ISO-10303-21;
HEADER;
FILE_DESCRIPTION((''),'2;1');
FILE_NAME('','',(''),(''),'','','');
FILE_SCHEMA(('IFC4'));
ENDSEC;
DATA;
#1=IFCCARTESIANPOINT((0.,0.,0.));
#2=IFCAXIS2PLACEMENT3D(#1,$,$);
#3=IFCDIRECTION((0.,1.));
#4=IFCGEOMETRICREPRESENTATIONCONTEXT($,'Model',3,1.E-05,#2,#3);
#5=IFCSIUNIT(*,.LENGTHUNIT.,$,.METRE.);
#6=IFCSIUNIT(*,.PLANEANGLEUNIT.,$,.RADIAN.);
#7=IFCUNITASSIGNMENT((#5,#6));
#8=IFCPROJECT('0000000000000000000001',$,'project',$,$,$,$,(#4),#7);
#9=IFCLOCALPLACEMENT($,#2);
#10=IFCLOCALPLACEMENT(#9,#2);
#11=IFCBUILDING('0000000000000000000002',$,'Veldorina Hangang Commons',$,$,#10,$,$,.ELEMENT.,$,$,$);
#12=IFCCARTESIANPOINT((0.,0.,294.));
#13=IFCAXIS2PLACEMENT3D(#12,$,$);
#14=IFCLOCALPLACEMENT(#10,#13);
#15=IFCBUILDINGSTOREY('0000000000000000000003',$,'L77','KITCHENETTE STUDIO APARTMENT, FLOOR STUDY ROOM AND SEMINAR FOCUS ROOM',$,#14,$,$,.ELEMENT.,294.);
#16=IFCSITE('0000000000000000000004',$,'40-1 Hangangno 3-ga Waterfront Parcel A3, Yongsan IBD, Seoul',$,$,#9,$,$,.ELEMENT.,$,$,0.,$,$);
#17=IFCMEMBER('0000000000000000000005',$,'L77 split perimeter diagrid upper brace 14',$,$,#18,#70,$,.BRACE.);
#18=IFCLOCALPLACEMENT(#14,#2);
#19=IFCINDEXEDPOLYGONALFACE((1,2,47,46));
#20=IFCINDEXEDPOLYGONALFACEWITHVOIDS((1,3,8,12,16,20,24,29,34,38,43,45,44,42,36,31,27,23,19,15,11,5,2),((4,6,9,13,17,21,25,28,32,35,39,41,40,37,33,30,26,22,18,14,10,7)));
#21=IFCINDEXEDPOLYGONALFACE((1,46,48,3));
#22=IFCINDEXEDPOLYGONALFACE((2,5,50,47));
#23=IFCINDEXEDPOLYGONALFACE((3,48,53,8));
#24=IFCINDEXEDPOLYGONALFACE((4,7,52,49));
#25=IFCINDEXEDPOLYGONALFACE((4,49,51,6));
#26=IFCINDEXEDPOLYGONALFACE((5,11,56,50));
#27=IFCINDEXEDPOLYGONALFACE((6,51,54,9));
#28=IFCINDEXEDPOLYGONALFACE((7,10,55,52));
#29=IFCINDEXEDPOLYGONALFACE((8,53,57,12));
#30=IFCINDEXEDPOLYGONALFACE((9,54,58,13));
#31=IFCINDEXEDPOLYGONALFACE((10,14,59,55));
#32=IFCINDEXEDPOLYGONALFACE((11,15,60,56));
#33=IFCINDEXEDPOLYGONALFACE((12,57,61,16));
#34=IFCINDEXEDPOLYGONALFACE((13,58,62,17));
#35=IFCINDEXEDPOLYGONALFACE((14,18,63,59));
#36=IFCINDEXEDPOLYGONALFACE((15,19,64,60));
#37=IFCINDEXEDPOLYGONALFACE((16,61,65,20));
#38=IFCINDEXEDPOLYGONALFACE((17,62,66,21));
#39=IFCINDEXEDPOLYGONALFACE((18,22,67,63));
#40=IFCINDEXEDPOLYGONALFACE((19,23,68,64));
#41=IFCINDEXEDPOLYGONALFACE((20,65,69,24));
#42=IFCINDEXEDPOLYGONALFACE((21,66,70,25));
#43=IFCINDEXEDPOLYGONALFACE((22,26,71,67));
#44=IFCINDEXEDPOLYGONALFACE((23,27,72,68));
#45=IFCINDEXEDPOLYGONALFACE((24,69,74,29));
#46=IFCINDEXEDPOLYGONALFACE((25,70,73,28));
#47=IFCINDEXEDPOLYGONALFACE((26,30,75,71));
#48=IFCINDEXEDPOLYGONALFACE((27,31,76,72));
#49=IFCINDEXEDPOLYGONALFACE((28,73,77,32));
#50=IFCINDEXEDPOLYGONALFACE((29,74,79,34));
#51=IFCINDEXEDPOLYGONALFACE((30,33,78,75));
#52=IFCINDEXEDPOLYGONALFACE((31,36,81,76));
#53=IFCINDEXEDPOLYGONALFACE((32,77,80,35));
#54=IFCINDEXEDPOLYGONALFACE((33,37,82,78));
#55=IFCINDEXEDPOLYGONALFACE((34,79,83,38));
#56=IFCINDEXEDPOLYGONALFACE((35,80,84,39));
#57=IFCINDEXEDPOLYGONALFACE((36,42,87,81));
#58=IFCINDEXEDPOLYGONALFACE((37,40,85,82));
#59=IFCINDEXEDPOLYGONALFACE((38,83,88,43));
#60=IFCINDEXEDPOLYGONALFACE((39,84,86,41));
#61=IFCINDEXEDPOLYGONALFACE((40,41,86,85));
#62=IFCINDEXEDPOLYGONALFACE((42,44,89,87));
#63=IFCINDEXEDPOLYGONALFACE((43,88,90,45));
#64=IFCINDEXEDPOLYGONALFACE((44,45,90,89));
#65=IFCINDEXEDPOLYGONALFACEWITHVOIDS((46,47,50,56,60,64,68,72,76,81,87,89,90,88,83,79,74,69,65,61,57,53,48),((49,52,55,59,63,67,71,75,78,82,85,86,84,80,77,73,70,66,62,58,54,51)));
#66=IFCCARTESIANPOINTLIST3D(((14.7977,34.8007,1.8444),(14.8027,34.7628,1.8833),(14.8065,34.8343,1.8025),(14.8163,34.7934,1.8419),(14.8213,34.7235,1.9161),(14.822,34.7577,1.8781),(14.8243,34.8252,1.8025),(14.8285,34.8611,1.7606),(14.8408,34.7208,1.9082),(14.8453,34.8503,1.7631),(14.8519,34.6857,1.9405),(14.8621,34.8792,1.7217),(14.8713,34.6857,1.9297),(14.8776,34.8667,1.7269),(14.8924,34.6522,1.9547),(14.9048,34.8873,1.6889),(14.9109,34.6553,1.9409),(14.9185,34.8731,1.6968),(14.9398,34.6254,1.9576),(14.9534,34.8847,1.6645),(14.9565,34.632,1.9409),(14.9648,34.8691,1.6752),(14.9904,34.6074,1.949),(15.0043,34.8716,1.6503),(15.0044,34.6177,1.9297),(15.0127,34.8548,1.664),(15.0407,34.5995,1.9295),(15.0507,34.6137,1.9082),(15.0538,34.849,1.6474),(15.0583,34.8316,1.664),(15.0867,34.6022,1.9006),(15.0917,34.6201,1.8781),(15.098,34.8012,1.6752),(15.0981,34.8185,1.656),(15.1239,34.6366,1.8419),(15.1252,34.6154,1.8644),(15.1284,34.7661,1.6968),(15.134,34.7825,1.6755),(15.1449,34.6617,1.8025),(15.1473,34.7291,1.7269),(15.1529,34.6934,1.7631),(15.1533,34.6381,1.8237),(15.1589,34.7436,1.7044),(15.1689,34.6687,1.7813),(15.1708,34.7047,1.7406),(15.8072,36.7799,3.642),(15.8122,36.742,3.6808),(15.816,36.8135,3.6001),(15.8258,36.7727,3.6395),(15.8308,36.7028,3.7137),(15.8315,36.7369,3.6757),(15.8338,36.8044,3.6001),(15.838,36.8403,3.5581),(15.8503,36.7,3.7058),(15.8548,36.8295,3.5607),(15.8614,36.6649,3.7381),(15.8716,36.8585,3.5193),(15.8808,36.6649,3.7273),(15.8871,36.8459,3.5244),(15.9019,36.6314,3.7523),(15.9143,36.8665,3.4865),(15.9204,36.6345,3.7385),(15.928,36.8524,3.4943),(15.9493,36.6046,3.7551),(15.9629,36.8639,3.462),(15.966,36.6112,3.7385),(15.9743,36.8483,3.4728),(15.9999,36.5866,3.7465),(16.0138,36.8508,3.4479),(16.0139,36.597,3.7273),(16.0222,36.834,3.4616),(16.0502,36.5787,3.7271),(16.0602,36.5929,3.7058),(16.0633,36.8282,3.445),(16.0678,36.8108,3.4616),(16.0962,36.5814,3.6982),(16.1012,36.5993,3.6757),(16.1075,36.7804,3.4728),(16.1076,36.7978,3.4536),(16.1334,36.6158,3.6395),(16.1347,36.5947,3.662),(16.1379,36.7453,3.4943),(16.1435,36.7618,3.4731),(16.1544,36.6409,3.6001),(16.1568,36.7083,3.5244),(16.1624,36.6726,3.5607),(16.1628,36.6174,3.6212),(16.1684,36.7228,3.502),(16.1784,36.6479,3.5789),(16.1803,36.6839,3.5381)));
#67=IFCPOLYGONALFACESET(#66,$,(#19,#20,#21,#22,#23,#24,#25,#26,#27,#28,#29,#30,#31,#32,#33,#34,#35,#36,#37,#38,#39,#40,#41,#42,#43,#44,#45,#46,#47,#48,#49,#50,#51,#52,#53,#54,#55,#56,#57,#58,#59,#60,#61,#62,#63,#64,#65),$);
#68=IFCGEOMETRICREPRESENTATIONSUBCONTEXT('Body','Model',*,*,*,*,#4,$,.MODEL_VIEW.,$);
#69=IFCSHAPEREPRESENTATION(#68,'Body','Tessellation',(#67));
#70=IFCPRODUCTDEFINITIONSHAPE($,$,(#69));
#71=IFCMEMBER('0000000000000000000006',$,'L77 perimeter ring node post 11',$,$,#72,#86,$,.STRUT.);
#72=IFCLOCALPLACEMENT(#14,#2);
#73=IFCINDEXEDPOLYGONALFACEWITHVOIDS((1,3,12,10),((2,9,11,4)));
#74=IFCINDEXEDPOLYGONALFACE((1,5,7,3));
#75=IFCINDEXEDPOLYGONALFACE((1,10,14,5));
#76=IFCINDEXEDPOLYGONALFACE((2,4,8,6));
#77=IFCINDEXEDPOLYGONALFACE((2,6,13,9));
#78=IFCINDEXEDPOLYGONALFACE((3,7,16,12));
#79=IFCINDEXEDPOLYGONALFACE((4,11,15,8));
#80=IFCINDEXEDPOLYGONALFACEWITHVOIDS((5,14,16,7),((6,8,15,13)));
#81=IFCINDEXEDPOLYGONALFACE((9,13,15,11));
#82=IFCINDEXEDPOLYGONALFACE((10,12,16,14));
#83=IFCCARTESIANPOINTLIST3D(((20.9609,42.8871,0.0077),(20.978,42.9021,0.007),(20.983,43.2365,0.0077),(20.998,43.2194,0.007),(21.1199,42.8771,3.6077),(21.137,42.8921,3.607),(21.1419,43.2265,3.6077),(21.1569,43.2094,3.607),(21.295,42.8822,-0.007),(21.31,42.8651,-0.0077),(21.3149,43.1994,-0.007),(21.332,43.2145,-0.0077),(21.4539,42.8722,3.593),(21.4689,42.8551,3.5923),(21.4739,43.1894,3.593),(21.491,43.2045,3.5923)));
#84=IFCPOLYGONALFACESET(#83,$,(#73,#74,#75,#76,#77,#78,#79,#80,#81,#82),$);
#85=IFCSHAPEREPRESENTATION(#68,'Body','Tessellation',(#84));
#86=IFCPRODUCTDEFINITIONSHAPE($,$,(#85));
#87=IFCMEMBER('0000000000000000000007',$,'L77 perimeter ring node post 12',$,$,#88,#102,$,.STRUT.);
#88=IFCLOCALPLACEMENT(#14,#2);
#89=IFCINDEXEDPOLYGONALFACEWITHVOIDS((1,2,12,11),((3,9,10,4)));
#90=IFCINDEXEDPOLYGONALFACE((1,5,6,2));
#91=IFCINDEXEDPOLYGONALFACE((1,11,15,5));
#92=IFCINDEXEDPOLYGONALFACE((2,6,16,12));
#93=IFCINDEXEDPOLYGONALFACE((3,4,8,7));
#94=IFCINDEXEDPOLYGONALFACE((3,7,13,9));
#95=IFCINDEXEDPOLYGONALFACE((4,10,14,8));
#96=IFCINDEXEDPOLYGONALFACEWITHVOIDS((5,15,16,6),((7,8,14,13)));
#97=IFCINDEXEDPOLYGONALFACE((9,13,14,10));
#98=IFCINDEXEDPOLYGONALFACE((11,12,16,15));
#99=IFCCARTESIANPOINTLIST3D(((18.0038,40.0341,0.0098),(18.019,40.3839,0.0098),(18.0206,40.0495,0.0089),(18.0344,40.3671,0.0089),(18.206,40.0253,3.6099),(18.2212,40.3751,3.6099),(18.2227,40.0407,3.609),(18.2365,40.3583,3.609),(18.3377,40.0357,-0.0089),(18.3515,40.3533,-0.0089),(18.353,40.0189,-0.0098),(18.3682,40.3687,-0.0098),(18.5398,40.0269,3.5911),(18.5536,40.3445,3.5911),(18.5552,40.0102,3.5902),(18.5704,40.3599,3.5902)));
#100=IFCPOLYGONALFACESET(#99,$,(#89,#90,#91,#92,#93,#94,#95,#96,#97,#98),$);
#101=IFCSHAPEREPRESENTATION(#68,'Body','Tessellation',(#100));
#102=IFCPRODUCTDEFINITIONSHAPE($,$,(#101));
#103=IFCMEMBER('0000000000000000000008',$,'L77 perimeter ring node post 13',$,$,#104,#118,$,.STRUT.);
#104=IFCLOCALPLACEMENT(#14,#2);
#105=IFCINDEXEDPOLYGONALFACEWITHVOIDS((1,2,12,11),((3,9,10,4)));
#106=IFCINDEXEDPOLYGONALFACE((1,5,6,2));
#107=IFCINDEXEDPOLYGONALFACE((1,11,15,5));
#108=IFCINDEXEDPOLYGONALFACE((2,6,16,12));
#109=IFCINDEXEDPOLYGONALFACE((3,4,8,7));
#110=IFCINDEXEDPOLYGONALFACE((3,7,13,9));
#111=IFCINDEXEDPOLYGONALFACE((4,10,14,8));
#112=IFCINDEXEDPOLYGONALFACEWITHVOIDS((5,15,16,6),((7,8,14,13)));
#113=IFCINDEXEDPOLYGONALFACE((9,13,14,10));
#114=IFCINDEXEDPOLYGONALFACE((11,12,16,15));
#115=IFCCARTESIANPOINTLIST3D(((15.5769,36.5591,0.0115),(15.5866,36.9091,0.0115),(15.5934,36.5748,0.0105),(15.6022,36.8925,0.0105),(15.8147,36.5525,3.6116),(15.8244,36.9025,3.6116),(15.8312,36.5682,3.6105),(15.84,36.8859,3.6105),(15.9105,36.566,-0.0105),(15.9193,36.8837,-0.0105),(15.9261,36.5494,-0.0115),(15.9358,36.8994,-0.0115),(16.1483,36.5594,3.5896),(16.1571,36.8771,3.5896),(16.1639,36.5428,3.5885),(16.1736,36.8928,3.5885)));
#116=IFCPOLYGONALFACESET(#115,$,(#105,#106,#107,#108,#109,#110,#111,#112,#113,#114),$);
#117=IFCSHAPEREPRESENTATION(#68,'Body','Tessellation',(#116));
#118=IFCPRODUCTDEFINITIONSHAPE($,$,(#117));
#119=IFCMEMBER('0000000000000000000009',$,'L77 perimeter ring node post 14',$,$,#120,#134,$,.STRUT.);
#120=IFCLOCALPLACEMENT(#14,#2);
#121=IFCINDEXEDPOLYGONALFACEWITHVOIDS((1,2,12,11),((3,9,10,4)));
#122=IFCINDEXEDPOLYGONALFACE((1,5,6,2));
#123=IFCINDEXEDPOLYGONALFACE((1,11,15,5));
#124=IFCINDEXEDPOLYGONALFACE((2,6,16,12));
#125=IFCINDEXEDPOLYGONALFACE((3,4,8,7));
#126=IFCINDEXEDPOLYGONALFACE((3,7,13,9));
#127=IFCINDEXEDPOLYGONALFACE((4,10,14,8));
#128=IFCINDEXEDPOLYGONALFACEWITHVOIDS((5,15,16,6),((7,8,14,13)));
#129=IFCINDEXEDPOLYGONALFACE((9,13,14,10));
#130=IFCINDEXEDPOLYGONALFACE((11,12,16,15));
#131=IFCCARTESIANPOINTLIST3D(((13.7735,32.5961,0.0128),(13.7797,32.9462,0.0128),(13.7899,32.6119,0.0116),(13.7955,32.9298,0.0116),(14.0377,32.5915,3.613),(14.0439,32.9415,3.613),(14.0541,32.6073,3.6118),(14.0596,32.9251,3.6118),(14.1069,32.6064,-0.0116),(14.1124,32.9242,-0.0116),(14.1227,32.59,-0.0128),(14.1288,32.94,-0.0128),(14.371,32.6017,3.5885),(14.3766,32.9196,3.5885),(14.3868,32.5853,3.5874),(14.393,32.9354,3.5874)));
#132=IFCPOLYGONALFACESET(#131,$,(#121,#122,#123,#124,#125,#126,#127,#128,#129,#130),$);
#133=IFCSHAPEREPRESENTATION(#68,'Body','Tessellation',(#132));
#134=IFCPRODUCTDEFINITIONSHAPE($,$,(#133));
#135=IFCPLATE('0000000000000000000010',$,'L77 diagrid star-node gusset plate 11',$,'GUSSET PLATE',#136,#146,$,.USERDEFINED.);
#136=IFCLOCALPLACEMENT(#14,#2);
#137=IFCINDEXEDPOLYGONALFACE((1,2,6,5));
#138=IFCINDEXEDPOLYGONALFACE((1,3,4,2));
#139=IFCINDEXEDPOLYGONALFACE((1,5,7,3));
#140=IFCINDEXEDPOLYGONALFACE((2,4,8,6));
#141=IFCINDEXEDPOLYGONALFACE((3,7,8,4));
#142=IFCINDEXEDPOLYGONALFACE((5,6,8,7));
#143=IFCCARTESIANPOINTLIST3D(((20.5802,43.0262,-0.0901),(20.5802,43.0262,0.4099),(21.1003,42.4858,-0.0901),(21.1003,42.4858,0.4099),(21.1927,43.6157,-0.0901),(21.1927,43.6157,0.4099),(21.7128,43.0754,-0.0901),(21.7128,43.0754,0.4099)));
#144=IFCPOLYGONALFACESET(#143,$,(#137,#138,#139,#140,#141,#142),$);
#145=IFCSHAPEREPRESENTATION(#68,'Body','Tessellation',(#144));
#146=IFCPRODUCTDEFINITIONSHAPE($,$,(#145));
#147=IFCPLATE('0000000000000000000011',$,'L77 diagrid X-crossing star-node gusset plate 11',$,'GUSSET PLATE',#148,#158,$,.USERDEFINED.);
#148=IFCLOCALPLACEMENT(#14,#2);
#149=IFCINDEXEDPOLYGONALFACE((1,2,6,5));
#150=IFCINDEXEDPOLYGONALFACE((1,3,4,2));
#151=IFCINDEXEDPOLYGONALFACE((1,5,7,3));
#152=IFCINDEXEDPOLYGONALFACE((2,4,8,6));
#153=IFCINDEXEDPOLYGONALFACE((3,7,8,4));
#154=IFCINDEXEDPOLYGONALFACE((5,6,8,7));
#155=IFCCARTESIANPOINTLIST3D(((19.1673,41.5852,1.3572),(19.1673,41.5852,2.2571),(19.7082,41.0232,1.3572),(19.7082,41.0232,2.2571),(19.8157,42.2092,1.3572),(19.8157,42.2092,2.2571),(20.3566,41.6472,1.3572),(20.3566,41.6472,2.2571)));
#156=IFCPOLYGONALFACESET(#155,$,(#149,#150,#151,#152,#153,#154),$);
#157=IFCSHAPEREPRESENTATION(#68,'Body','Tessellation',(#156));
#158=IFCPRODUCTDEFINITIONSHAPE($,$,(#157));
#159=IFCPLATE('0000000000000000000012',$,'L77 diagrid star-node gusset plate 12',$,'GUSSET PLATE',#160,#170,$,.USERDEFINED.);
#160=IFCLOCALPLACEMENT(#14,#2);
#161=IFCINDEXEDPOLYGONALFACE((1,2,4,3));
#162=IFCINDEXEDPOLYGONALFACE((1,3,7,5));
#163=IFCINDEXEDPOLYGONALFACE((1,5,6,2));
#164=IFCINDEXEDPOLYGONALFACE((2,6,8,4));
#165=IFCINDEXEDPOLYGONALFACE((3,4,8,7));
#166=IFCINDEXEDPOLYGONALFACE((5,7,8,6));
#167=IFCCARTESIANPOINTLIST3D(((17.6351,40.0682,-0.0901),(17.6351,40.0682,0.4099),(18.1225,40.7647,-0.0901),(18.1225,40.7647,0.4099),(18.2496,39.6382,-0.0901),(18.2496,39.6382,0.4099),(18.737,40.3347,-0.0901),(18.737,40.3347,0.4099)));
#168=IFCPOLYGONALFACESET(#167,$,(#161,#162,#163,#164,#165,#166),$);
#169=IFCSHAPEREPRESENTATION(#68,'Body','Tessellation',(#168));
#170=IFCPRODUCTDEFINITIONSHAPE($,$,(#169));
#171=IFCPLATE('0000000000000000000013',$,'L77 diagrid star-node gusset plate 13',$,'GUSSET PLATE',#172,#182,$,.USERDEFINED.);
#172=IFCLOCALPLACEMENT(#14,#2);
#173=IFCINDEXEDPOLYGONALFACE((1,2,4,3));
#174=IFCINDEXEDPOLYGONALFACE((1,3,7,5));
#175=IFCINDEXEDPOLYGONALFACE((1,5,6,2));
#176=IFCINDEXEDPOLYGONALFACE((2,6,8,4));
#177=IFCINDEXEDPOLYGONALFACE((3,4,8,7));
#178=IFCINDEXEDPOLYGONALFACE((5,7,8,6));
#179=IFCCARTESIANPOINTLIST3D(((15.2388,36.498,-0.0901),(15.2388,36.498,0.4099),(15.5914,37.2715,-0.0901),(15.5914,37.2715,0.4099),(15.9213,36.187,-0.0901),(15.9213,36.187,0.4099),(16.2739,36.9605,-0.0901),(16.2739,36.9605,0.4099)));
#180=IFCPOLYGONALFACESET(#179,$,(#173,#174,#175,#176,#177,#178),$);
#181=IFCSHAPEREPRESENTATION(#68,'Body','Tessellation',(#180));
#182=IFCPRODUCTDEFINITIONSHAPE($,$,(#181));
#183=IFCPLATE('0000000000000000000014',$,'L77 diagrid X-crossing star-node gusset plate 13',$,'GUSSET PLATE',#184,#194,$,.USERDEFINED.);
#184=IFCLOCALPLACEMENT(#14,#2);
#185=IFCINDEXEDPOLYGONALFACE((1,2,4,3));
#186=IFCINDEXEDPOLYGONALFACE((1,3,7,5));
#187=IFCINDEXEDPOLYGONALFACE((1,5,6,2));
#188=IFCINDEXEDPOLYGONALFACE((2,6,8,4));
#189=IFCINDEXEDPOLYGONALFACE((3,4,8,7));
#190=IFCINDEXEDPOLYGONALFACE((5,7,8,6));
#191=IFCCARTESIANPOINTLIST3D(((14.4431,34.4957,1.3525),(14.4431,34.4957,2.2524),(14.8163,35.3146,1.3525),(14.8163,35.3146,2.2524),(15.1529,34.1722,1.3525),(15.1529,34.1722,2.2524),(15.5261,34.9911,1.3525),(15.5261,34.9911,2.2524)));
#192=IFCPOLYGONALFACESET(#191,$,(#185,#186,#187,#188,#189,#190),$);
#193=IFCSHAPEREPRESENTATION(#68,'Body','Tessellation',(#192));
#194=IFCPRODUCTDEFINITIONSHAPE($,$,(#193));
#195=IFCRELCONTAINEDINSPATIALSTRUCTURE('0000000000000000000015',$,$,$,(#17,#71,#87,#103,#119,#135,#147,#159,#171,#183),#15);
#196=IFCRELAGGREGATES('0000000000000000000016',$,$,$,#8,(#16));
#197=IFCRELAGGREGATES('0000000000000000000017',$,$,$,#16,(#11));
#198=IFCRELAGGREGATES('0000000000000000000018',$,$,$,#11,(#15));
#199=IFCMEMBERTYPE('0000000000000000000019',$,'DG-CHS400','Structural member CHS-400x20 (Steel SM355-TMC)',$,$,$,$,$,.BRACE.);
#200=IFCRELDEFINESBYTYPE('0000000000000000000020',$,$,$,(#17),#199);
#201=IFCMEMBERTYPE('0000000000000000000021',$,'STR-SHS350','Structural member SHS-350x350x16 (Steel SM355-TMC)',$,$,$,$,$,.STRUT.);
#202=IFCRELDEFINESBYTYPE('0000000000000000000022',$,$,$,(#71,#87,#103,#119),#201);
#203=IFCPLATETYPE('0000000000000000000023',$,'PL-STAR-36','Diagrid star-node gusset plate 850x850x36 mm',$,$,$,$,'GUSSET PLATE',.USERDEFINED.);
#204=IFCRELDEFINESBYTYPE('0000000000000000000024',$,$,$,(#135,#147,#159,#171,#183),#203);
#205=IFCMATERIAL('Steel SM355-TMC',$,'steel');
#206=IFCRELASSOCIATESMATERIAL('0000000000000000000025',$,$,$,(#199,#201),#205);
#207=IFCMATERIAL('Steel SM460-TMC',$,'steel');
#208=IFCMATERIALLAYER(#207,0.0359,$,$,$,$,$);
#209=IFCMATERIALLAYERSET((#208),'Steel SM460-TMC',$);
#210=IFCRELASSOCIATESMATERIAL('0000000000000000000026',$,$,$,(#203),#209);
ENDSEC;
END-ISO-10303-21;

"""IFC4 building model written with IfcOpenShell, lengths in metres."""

from ifc_helpers import new_model, si_unit, direction, frame, origin, origin_2d, place, context, subcontext, project, spatial, rectangle, hollow_rectangle, hollow_circle, extrude, material, layer, layer_set, material_profile, profile_set, type_object, element, save


model = new_model("IFC4")

# Units and contexts
model_context = context("Model", 3, precision=1e-05, world=origin(), true_north=direction((0.0, 1.0)))
body_context = subcontext(model_context, "Body", "Model", "MODEL_VIEW")
ifc_project = project(units=[si_unit("LENGTHUNIT", "METRE"), si_unit("PLANEANGLEUNIT", "RADIAN")], contexts=[model_context])

# Site, building, storey
site_placement = place(None, origin())
site = spatial("IfcSite", under=ifc_project, at=site_placement, Name="40-1 Hangangno 3-ga Waterfront Parcel A3, Yongsan IBD, Seoul", CompositionType="ELEMENT", RefElevation=0.0)
building_placement = place(site_placement, origin())
building = spatial("IfcBuilding", under=site, at=building_placement, Name="Veldorina Hangang Commons", CompositionType="ELEMENT")
storey_placement = place(building_placement, frame((0.0, 0.0, 294.0)))
storey = spatial("IfcBuildingStorey", under=building, at=storey_placement, Name="L77", Description="KITCHENETTE STUDIO APARTMENT, FLOOR STUDY ROOM AND SEMINAR FOCUS ROOM", CompositionType="ELEMENT", Elevation=294.0)

# Shared definitions
ifc_material_1 = material(Name="Steel SM460-TMC", Category="steel")
ifc_material_2 = material(Name="Steel SM355-TMC", Category="steel")

# Members
ifc_material_profile_1 = material_profile(ifc_material_2, hollow_circle(Radius=0.2, WallThickness=0.02, at=origin_2d()), Name="CHS-400x20")
ifc_profile_set_1 = profile_set([ifc_material_profile_1], Name="Steel SM355-TMC")
member_type_1 = type_object("IfcMemberType", Name="DG-CHS400", Description="Structural member CHS-400x20 (Steel SM355-TMC)", PredefinedType="BRACE", material=ifc_profile_set_1)
member_1_placement = place(storey_placement, frame((14.9846, 34.7434, 1.8025), z_axis=(0.353231, 0.692538, 0.628982), x_axis=(-0.890816, 0.454364, 0.0)))
element("IfcMember", 1, at=member_1_placement, inside=storey, type_object=member_type_1, Name="L77 split perimeter diagrid upper brace 14", PredefinedType="BRACE", context=body_context, shape_type="SweptSolid", body=[
    extrude(hollow_circle(Radius=0.2, WallThickness=0.02, at=origin_2d()), origin(), (0.0, 0.0, 1.0), 2.8579),
])
ifc_material_profile_2 = material_profile(ifc_material_2, hollow_rectangle(XDim=0.3501, YDim=0.3501, WallThickness=0.0161, at=origin_2d()), Name="SHS-350x350x16")
ifc_profile_set_2 = profile_set([ifc_material_profile_2], Name="Steel SM355-TMC")
member_type_2 = type_object("IfcMemberType", Name="STR-SHS350", Description="Structural member SHS-350x350x16 (Steel SM355-TMC)", PredefinedType="STRUT", material=ifc_profile_set_2)
member_2_placement = place(storey_placement, frame((21.1465, 43.0508, 0.0), z_axis=(0.044104, -0.002778, 0.999023), x_axis=(0.062855, 0.998023, 0.0)))
element("IfcMember", 2, at=member_2_placement, inside=storey, type_object=member_type_2, Name="L77 perimeter ring node post 11", PredefinedType="STRUT", context=body_context, shape_type="SweptSolid", body=[
    extrude(hollow_rectangle(XDim=0.3501, YDim=0.3501, WallThickness=0.0161, at=origin_2d()), origin(), (0.0, 0.0, 1.0), 3.6035),
])
member_3_placement = place(storey_placement, frame((18.186, 40.2014, 0.0), z_axis=(0.056062, -0.002437, 0.998424), x_axis=(0.043437, 0.999056, 0.0)))
element("IfcMember", 3, at=member_3_placement, inside=storey, type_object=member_type_2, Name="L77 perimeter ring node post 12", PredefinedType="STRUT", context=body_context, shape_type="SweptSolid", body=[
    extrude(hollow_rectangle(XDim=0.3501, YDim=0.3501, WallThickness=0.0161, at=origin_2d()), origin(), (0.0, 0.0, 1.0), 3.6057),
])
member_4_placement = place(storey_placement, frame((15.7563, 36.7292, 0.0), z_axis=(0.065908, -0.001827, 0.997824), x_axis=(0.02771, 0.999616, 0.0)))
element("IfcMember", 4, at=member_4_placement, inside=storey, type_object=member_type_2, Name="L77 perimeter ring node post 13", PredefinedType="STRUT", context=body_context, shape_type="SweptSolid", body=[
    extrude(hollow_rectangle(XDim=0.3501, YDim=0.3501, WallThickness=0.0161, at=origin_2d()), origin(), (0.0, 0.0, 1.0), 3.6079),
])
member_5_placement = place(storey_placement, frame((13.9512, 32.7681, 0.0), z_axis=(0.073179, -0.001285, 0.997318), x_axis=(0.017557, 0.999846, 0.0)))
element("IfcMember", 5, at=member_5_placement, inside=storey, type_object=member_type_2, Name="L77 perimeter ring node post 14", PredefinedType="STRUT", context=body_context, shape_type="SweptSolid", body=[
    extrude(hollow_rectangle(XDim=0.3501, YDim=0.3501, WallThickness=0.0161, at=origin_2d()), origin(), (0.0, 0.0, 1.0), 3.6099),
])

# Plates
ifc_layer_1 = layer(ifc_material_1, 0.0359)
ifc_layer_set_1 = layer_set([ifc_layer_1], Name="Steel SM460-TMC")
plate_type = type_object("IfcPlateType", Name="PL-STAR-36", Description="Diagrid star-node gusset plate 850x850x36 mm", ElementType="GUSSET PLATE", PredefinedType="USERDEFINED", material=ifc_layer_set_1)
plate_1_placement = place(storey_placement, frame((21.1465, 43.0508, -0.0901), z_axis=(0.0, 0.0, 1.0), x_axis=(-0.720491, -0.693465, 0.0)))
element("IfcPlate", 6, at=plate_1_placement, inside=storey, type_object=plate_type, Name="L77 diagrid star-node gusset plate 11", ObjectType="GUSSET PLATE", PredefinedType="USERDEFINED", context=body_context, shape_type="SweptSolid", body=[
    extrude(rectangle(XDim=0.8501, YDim=0.75, at=origin_2d()), origin(), (0.0, 0.0, 1.0), 0.5),
])
plate_2_placement = place(storey_placement, frame((19.762, 41.6162, 1.3572), z_axis=(0.0, 0.0, 1.0), x_axis=(-0.720491, -0.693465, 0.0)))
element("IfcPlate", 7, at=plate_2_placement, inside=storey, type_object=plate_type, Name="L77 diagrid X-crossing star-node gusset plate 11", ObjectType="GUSSET PLATE", PredefinedType="USERDEFINED", context=body_context, shape_type="SweptSolid", body=[
    extrude(rectangle(XDim=0.8999, YDim=0.78, at=origin_2d()), origin(), (0.0, 0.0, 1.0), 0.8999),
])
for number, where, z_axis, x_axis, name in (
    (8, (18.186, 40.2014, -0.0901), (0.0, 0.0, 1.0), (-0.573333, -0.819322, 0.0), "L77 diagrid star-node gusset plate 12"),
    (9, (15.7563, 36.7292, -0.0901), (0.0, 0.0, 1.0), (-0.414709, -0.909954, 0.0), "L77 diagrid star-node gusset plate 13"),
):
    element("IfcPlate", number, at=place(storey_placement, frame(where, z_axis=z_axis, x_axis=x_axis)), inside=storey, type_object=plate_type, Name=name, ObjectType="GUSSET PLATE", PredefinedType="USERDEFINED", context=body_context, shape_type="SweptSolid", body=[
        extrude(rectangle(XDim=0.8501, YDim=0.75, at=origin_2d()), origin(), (0.0, 0.0, 1.0), 0.5),
    ])
plate_3_placement = place(storey_placement, frame((14.9846, 34.7434, 1.3525), z_axis=(0.0, 0.0, 1.0), x_axis=(-0.414709, -0.909954, 0.0)))
element("IfcPlate", 10, at=plate_3_placement, inside=storey, type_object=plate_type, Name="L77 diagrid X-crossing star-node gusset plate 13", ObjectType="GUSSET PLATE", PredefinedType="USERDEFINED", context=body_context, shape_type="SweptSolid", body=[
    extrude(rectangle(XDim=0.8999, YDim=0.78, at=origin_2d()), origin(), (0.0, 0.0, 1.0), 0.8999),
])

save(model, "model.ifc")
